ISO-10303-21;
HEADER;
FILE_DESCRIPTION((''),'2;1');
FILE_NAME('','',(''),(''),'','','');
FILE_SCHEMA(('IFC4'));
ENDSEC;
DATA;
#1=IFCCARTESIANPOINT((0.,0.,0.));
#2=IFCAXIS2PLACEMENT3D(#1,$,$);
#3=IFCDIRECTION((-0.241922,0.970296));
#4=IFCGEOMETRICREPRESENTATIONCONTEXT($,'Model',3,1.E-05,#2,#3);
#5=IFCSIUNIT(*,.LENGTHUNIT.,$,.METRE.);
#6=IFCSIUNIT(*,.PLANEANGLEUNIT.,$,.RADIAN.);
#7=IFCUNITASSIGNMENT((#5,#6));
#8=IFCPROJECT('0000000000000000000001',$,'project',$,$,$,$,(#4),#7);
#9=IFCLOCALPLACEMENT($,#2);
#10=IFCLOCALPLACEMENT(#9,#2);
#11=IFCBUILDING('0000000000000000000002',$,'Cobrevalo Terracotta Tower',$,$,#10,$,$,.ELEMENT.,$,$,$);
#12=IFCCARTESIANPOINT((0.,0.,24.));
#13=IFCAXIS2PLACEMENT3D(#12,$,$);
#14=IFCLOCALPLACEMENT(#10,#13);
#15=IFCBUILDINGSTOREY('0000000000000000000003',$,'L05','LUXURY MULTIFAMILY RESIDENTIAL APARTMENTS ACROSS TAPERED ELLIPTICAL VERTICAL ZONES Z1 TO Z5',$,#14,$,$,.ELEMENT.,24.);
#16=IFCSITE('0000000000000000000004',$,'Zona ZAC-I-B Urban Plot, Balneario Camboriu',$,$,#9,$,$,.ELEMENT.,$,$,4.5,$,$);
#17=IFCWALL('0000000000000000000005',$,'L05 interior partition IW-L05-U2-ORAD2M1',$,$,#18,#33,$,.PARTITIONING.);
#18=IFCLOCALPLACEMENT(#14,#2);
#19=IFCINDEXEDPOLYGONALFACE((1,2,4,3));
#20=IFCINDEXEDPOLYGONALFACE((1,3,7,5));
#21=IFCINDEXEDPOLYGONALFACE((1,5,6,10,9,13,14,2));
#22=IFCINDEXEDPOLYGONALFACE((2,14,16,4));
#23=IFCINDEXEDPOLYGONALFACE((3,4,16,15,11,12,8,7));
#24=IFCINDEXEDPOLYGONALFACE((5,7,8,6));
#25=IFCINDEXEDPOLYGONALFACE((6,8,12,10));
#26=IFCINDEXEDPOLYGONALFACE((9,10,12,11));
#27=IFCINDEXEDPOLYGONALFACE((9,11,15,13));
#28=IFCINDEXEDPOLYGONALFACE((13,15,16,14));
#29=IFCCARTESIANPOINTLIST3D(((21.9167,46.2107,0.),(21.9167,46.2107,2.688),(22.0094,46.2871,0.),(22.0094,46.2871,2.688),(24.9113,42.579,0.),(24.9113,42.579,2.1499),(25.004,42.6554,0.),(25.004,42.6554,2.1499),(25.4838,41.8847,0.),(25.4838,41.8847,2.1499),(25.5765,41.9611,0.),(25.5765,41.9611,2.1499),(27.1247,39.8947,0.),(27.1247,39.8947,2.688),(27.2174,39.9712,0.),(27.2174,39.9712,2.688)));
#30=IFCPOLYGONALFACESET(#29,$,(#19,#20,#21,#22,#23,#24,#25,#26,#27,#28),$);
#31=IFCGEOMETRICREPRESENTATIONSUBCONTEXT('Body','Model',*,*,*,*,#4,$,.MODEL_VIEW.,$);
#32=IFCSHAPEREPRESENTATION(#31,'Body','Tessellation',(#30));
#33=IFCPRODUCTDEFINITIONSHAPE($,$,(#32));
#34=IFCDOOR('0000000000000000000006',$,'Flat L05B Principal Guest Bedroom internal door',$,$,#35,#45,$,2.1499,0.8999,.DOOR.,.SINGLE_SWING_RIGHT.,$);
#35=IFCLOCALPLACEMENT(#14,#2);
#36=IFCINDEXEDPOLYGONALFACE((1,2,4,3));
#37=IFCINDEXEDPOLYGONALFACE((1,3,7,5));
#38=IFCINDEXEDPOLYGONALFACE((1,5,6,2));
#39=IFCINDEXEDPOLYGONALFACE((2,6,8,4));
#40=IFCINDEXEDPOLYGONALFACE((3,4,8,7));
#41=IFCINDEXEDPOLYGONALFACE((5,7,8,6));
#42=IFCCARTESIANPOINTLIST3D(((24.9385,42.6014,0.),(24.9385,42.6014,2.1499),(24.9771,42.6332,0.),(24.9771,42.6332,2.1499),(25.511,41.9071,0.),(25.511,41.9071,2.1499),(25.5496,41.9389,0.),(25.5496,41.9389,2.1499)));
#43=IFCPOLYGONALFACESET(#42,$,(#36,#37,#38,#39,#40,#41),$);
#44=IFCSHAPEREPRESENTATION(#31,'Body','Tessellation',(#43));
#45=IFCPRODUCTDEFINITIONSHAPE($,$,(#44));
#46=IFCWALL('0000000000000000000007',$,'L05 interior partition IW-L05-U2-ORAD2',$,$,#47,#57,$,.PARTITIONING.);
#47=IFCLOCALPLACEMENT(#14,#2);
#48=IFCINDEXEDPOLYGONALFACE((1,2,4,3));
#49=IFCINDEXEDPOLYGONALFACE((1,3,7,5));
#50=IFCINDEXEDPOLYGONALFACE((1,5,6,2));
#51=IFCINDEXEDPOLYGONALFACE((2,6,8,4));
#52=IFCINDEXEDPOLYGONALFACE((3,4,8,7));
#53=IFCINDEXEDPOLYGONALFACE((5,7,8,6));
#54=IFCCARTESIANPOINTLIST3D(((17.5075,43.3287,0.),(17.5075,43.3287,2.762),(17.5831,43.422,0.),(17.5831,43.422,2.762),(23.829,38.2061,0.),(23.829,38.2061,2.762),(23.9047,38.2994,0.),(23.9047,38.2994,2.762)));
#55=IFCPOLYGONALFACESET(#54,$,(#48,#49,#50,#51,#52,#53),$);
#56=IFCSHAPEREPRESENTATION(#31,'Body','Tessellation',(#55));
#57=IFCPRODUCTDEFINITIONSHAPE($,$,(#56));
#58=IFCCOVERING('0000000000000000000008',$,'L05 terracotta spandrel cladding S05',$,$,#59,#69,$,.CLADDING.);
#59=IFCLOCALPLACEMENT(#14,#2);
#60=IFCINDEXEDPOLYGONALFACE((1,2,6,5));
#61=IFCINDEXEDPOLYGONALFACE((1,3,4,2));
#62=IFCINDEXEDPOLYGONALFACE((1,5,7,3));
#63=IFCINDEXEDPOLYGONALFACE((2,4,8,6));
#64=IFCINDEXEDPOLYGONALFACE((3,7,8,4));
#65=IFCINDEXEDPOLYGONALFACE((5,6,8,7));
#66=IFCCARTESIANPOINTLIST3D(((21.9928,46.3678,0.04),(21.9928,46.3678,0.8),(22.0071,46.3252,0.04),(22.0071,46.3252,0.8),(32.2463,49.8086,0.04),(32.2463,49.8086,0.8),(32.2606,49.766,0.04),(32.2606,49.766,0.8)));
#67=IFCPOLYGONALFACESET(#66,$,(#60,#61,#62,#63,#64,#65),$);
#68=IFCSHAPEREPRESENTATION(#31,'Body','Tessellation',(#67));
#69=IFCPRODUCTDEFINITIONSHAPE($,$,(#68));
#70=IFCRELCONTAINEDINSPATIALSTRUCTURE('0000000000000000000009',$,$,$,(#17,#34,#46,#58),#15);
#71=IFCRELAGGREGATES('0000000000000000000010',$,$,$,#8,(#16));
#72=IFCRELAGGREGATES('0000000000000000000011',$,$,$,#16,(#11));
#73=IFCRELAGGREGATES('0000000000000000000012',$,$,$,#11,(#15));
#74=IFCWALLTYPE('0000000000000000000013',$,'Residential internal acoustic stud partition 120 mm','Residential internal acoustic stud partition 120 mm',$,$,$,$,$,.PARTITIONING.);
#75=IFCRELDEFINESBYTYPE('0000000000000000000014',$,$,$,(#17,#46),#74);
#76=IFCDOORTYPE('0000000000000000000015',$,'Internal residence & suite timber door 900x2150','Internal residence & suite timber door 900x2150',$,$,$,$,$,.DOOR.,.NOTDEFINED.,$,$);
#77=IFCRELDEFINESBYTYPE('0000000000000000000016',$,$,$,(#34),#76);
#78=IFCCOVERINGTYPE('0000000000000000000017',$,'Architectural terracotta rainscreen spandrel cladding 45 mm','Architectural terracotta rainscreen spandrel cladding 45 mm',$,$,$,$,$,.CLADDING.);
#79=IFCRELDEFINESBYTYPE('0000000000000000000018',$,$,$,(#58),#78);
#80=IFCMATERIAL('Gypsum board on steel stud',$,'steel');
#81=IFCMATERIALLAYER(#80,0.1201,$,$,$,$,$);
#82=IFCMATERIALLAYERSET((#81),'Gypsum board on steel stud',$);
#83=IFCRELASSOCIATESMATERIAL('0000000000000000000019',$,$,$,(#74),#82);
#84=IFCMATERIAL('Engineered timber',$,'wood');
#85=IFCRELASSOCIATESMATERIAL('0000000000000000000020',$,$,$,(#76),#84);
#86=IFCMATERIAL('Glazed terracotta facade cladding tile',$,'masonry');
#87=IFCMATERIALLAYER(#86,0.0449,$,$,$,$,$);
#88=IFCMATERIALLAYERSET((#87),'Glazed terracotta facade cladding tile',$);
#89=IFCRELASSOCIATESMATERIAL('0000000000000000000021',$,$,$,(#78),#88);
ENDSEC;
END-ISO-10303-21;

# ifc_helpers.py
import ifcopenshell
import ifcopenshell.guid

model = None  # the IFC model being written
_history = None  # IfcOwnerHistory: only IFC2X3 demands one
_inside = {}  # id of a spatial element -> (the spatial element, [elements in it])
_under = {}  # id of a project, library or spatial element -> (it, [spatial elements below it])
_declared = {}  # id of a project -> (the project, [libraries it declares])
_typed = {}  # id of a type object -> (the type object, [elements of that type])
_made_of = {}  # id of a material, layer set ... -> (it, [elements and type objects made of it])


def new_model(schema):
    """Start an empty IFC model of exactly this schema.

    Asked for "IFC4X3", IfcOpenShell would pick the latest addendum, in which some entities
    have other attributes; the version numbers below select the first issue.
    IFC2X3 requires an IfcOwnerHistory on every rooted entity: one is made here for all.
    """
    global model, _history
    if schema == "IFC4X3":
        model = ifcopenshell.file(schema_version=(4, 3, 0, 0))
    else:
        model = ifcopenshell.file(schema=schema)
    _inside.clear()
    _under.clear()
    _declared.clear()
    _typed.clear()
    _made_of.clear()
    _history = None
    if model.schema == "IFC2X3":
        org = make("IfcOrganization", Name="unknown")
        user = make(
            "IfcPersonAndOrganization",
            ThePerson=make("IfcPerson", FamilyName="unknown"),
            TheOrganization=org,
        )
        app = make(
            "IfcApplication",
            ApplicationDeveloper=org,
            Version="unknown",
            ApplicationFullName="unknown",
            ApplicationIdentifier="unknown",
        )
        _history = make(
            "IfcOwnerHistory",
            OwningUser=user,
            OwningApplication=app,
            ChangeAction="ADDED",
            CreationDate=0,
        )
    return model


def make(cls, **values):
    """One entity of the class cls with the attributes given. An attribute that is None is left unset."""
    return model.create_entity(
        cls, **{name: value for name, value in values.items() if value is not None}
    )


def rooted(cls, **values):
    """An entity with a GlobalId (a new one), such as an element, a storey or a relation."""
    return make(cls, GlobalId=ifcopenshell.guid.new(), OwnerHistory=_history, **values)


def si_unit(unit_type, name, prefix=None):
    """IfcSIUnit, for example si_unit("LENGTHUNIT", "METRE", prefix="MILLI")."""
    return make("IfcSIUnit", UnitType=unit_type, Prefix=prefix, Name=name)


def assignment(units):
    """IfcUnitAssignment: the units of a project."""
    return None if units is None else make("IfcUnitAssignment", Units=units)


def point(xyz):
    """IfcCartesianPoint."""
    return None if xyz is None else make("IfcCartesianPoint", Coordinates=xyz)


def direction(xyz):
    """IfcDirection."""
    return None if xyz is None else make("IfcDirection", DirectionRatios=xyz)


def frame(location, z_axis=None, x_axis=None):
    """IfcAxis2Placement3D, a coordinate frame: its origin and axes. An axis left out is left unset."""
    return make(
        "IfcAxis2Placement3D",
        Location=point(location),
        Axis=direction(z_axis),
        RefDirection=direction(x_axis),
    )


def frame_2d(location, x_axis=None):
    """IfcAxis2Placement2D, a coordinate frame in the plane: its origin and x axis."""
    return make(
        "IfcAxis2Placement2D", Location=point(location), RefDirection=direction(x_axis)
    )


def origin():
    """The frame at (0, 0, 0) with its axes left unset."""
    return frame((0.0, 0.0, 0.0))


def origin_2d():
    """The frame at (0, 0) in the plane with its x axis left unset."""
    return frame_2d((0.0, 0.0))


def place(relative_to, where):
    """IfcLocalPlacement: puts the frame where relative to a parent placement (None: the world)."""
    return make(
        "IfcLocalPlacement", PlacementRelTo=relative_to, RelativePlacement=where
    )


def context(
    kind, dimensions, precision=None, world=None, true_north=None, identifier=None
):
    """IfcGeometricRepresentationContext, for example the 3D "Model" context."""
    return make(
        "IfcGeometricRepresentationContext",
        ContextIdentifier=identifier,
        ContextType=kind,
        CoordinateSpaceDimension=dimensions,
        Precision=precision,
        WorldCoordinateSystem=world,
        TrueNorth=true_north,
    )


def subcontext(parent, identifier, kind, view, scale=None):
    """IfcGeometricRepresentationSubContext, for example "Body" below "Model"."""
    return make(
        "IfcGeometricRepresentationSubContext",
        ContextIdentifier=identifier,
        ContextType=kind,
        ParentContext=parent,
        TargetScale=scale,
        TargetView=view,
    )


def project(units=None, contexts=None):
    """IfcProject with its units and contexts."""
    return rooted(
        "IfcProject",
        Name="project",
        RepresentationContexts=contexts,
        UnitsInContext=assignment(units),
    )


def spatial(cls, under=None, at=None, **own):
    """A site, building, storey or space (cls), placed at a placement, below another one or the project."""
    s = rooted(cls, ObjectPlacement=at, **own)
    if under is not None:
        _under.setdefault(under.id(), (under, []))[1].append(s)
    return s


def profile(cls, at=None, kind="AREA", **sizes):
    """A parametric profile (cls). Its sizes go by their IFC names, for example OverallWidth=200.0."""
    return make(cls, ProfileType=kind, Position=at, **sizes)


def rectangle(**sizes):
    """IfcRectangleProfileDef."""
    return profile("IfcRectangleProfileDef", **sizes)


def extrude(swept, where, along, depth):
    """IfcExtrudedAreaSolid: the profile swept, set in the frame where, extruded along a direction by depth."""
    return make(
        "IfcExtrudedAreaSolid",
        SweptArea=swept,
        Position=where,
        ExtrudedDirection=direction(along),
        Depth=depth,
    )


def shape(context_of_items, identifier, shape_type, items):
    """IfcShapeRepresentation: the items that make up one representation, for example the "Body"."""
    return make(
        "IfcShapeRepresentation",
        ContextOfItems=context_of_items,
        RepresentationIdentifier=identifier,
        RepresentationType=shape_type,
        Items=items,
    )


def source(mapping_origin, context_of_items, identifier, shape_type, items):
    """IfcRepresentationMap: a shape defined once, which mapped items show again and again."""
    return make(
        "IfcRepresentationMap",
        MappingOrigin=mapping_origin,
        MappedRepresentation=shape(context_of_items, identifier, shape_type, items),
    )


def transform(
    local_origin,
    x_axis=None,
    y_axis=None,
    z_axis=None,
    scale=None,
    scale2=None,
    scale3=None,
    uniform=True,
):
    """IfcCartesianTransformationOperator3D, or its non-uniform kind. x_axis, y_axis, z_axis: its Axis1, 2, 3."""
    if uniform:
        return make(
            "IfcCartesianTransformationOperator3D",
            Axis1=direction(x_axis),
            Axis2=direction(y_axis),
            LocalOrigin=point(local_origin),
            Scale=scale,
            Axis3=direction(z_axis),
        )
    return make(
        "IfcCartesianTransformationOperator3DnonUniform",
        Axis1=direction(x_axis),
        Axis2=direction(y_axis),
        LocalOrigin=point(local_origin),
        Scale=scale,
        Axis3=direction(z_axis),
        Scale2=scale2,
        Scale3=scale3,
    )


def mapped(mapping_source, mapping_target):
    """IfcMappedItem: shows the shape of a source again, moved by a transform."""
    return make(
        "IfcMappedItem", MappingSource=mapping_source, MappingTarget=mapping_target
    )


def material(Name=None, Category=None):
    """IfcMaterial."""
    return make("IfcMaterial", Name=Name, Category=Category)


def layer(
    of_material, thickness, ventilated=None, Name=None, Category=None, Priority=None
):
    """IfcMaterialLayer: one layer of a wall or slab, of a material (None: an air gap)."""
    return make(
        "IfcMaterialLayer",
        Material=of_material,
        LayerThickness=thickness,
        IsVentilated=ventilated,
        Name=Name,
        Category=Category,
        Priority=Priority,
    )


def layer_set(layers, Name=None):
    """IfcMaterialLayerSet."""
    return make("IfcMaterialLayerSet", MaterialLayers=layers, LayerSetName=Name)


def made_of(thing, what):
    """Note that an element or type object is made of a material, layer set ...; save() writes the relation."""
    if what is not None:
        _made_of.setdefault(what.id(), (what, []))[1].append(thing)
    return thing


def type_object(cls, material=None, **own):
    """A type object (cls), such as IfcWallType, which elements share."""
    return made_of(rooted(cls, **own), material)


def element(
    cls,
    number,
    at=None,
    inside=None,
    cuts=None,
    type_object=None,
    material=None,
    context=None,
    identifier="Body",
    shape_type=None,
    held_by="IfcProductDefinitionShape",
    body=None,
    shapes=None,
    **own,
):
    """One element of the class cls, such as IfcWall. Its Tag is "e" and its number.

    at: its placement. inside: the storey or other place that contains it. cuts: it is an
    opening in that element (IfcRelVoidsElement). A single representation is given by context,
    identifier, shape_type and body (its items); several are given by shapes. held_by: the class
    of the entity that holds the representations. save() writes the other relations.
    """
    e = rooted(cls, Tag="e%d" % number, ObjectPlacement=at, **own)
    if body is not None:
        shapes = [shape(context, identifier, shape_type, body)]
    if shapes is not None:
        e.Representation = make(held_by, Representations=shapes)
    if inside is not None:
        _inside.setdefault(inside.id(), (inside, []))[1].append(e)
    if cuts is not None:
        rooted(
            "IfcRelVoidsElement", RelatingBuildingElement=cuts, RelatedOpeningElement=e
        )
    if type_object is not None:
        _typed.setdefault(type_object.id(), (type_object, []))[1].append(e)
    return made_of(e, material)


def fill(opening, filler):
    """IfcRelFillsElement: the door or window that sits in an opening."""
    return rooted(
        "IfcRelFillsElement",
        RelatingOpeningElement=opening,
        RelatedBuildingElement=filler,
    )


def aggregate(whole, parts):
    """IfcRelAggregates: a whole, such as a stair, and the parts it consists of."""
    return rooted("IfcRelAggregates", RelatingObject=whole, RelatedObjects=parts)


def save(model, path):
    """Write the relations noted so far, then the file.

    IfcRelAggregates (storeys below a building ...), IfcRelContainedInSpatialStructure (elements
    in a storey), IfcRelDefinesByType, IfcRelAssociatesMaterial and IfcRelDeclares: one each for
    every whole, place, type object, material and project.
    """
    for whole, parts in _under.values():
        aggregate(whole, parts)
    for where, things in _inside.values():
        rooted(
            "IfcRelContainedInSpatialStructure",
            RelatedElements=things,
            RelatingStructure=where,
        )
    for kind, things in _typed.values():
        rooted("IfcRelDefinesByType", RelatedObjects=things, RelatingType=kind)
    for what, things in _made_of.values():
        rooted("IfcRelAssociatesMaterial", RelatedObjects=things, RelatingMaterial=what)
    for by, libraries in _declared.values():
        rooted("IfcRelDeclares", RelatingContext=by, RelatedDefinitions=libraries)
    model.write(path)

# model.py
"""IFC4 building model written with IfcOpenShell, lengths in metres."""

from ifc_helpers import new_model, si_unit, direction, frame, frame_2d, origin, origin_2d, place, context, subcontext, project, spatial, rectangle, extrude, source, transform, mapped, material, layer, layer_set, type_object, element, fill, save


model = new_model("IFC4")

# Units and contexts
model_context = context("Model", 3, precision=1e-05, world=origin(), true_north=direction((-0.241922, 0.970296)))
body_context = subcontext(model_context, "Body", "Model", "MODEL_VIEW")
ifc_project = project(units=[si_unit("LENGTHUNIT", "METRE"), si_unit("PLANEANGLEUNIT", "RADIAN")], contexts=[model_context])

# Site, building, storey
site_placement = place(None, origin())
site = spatial("IfcSite", under=ifc_project, at=site_placement, Name="Zona ZAC-I-B Urban Plot, Balneario Camboriu", CompositionType="ELEMENT", RefElevation=4.5)
building_placement = place(site_placement, origin())
building = spatial("IfcBuilding", under=site, at=building_placement, Name="Cobrevalo Terracotta Tower", CompositionType="ELEMENT")
storey_placement = place(building_placement, frame((0.0, 0.0, 24.0)))
storey = spatial("IfcBuildingStorey", under=building, at=storey_placement, Name="L05", Description="LUXURY MULTIFAMILY RESIDENTIAL APARTMENTS ACROSS TAPERED ELLIPTICAL VERTICAL ZONES Z1 TO Z5", CompositionType="ELEMENT", Elevation=24.0)

# Shared definitions
ifc_material_1 = material(Name="Gypsum board on steel stud", Category="steel")

# Wall, opening, door
ifc_layer_1 = layer(ifc_material_1, 0.1201)
ifc_layer_set_1 = layer_set([ifc_layer_1], Name="Gypsum board on steel stud")
wall_type_1 = type_object("IfcWallType", Name="Residential internal acoustic stud partition 120 mm", Description="Residential internal acoustic stud partition 120 mm", PredefinedType="PARTITIONING", material=ifc_layer_set_1)
ifc_material_2 = material(Name="Engineered timber", Category="wood")
door_type_1 = type_object("IfcDoorType", Name="Internal residence & suite timber door 900x2150", Description="Internal residence & suite timber door 900x2150", OperationType="NOTDEFINED", PredefinedType="DOOR", material=ifc_material_2)
shared_shape_1 = source(origin(), body_context, "Body", "SweptSolid", [
    extrude(rectangle(XDim=0.8999, YDim=2.1499, at=frame_2d((0.45, 1.075))), frame((0.0, 0.0249, 0.0), z_axis=(0.0, -1.0, 0.0), x_axis=(1.0, 0.0, 0.0)), (0.0, 0.0, 1.0), 0.05),
])
wall_1_placement = place(storey_placement, frame((27.1711, 39.9329, 0.0), z_axis=(0.0, 0.0, 1.0), x_axis=(-0.636192, 0.771531, 0.0)))
wall_1 = element("IfcWall", 1, at=wall_1_placement, inside=storey, type_object=wall_type_1, Name="L05 interior partition IW-L05-U2-ORAD2M1", PredefinedType="PARTITIONING", context=body_context, shape_type="SweptSolid", body=[
    extrude(rectangle(XDim=8.1863, YDim=0.1201, at=frame_2d((4.0933, 0.0))), origin(), (0.0, 0.0, 1.0), 2.688),
])
opening_1_placement = place(wall_1_placement, frame((2.5793, 0.0, 0.0)))
opening_1 = element("IfcOpeningElement", 2, at=opening_1_placement, cuts=wall_1, PredefinedType="OPENING", context=body_context, shape_type="SweptSolid", body=[
    extrude(rectangle(XDim=0.8999, YDim=2.1499, at=frame_2d((0.45, 1.075))), frame((0.0, 0.0701, 0.0), z_axis=(0.0, -1.0, 0.0), x_axis=(1.0, 0.0, 0.0)), (0.0, 0.0, 1.0), 0.1401),
])
door_1_placement = place(opening_1_placement, origin())
door_1 = element("IfcDoor", 3, at=door_1_placement, inside=storey, type_object=door_type_1, Name="Flat L05B Principal Guest Bedroom internal door", OperationType="SINGLE_SWING_RIGHT", OverallHeight=2.1499, OverallWidth=0.8999, PredefinedType="DOOR", context=body_context, shape_type="MappedRepresentation", body=[
    mapped(shared_shape_1, transform((0.0, 0.0, 0.0), scale=1.0)),
])
fill(opening_1, door_1)

# Wall
wall_2_placement = place(storey_placement, frame((23.8669, 38.2527, 0.0), z_axis=(0.0, 0.0, 1.0), x_axis=(-0.776937, 0.629579, 0.0)))
element("IfcWall", 4, at=wall_2_placement, inside=storey, type_object=wall_type_1, Name="L05 interior partition IW-L05-U2-ORAD2", PredefinedType="PARTITIONING", context=body_context, shape_type="SweptSolid", body=[
    extrude(rectangle(XDim=8.1365, YDim=0.1201, at=frame_2d((4.0684, 0.0))), origin(), (0.0, 0.0, 1.0), 2.762),
])

# Covering
ifc_material_3 = material(Name="Glazed terracotta facade cladding tile", Category="masonry")
ifc_layer_2 = layer(ifc_material_3, 0.0449)
ifc_layer_set_2 = layer_set([ifc_layer_2], Name="Glazed terracotta facade cladding tile")
covering_type = type_object("IfcCoveringType", Name="Architectural terracotta rainscreen spandrel cladding 45 mm", Description="Architectural terracotta rainscreen spandrel cladding 45 mm", PredefinedType="CLADDING", material=ifc_layer_set_2)
shared_shape_2 = source(origin(), body_context, "Body", "SweptSolid", [
    extrude(rectangle(XDim=10.8154, YDim=0.0449, at=origin_2d()), origin(), (0.0, 0.0, 1.0), 0.76),
])
covering_placement = place(storey_placement, frame((27.1267, 48.0669, 0.04), z_axis=(0.0, 0.0, 1.0), x_axis=(-0.948044, -0.318139, 0.0)))
element("IfcCovering", 5, at=covering_placement, inside=storey, type_object=covering_type, Name="L05 terracotta spandrel cladding S05", PredefinedType="CLADDING", context=body_context, shape_type="MappedRepresentation", body=[
    mapped(shared_shape_2, transform((0.0, 0.0, 0.0), scale=1.0)),
])

save(model, "model.ifc")
